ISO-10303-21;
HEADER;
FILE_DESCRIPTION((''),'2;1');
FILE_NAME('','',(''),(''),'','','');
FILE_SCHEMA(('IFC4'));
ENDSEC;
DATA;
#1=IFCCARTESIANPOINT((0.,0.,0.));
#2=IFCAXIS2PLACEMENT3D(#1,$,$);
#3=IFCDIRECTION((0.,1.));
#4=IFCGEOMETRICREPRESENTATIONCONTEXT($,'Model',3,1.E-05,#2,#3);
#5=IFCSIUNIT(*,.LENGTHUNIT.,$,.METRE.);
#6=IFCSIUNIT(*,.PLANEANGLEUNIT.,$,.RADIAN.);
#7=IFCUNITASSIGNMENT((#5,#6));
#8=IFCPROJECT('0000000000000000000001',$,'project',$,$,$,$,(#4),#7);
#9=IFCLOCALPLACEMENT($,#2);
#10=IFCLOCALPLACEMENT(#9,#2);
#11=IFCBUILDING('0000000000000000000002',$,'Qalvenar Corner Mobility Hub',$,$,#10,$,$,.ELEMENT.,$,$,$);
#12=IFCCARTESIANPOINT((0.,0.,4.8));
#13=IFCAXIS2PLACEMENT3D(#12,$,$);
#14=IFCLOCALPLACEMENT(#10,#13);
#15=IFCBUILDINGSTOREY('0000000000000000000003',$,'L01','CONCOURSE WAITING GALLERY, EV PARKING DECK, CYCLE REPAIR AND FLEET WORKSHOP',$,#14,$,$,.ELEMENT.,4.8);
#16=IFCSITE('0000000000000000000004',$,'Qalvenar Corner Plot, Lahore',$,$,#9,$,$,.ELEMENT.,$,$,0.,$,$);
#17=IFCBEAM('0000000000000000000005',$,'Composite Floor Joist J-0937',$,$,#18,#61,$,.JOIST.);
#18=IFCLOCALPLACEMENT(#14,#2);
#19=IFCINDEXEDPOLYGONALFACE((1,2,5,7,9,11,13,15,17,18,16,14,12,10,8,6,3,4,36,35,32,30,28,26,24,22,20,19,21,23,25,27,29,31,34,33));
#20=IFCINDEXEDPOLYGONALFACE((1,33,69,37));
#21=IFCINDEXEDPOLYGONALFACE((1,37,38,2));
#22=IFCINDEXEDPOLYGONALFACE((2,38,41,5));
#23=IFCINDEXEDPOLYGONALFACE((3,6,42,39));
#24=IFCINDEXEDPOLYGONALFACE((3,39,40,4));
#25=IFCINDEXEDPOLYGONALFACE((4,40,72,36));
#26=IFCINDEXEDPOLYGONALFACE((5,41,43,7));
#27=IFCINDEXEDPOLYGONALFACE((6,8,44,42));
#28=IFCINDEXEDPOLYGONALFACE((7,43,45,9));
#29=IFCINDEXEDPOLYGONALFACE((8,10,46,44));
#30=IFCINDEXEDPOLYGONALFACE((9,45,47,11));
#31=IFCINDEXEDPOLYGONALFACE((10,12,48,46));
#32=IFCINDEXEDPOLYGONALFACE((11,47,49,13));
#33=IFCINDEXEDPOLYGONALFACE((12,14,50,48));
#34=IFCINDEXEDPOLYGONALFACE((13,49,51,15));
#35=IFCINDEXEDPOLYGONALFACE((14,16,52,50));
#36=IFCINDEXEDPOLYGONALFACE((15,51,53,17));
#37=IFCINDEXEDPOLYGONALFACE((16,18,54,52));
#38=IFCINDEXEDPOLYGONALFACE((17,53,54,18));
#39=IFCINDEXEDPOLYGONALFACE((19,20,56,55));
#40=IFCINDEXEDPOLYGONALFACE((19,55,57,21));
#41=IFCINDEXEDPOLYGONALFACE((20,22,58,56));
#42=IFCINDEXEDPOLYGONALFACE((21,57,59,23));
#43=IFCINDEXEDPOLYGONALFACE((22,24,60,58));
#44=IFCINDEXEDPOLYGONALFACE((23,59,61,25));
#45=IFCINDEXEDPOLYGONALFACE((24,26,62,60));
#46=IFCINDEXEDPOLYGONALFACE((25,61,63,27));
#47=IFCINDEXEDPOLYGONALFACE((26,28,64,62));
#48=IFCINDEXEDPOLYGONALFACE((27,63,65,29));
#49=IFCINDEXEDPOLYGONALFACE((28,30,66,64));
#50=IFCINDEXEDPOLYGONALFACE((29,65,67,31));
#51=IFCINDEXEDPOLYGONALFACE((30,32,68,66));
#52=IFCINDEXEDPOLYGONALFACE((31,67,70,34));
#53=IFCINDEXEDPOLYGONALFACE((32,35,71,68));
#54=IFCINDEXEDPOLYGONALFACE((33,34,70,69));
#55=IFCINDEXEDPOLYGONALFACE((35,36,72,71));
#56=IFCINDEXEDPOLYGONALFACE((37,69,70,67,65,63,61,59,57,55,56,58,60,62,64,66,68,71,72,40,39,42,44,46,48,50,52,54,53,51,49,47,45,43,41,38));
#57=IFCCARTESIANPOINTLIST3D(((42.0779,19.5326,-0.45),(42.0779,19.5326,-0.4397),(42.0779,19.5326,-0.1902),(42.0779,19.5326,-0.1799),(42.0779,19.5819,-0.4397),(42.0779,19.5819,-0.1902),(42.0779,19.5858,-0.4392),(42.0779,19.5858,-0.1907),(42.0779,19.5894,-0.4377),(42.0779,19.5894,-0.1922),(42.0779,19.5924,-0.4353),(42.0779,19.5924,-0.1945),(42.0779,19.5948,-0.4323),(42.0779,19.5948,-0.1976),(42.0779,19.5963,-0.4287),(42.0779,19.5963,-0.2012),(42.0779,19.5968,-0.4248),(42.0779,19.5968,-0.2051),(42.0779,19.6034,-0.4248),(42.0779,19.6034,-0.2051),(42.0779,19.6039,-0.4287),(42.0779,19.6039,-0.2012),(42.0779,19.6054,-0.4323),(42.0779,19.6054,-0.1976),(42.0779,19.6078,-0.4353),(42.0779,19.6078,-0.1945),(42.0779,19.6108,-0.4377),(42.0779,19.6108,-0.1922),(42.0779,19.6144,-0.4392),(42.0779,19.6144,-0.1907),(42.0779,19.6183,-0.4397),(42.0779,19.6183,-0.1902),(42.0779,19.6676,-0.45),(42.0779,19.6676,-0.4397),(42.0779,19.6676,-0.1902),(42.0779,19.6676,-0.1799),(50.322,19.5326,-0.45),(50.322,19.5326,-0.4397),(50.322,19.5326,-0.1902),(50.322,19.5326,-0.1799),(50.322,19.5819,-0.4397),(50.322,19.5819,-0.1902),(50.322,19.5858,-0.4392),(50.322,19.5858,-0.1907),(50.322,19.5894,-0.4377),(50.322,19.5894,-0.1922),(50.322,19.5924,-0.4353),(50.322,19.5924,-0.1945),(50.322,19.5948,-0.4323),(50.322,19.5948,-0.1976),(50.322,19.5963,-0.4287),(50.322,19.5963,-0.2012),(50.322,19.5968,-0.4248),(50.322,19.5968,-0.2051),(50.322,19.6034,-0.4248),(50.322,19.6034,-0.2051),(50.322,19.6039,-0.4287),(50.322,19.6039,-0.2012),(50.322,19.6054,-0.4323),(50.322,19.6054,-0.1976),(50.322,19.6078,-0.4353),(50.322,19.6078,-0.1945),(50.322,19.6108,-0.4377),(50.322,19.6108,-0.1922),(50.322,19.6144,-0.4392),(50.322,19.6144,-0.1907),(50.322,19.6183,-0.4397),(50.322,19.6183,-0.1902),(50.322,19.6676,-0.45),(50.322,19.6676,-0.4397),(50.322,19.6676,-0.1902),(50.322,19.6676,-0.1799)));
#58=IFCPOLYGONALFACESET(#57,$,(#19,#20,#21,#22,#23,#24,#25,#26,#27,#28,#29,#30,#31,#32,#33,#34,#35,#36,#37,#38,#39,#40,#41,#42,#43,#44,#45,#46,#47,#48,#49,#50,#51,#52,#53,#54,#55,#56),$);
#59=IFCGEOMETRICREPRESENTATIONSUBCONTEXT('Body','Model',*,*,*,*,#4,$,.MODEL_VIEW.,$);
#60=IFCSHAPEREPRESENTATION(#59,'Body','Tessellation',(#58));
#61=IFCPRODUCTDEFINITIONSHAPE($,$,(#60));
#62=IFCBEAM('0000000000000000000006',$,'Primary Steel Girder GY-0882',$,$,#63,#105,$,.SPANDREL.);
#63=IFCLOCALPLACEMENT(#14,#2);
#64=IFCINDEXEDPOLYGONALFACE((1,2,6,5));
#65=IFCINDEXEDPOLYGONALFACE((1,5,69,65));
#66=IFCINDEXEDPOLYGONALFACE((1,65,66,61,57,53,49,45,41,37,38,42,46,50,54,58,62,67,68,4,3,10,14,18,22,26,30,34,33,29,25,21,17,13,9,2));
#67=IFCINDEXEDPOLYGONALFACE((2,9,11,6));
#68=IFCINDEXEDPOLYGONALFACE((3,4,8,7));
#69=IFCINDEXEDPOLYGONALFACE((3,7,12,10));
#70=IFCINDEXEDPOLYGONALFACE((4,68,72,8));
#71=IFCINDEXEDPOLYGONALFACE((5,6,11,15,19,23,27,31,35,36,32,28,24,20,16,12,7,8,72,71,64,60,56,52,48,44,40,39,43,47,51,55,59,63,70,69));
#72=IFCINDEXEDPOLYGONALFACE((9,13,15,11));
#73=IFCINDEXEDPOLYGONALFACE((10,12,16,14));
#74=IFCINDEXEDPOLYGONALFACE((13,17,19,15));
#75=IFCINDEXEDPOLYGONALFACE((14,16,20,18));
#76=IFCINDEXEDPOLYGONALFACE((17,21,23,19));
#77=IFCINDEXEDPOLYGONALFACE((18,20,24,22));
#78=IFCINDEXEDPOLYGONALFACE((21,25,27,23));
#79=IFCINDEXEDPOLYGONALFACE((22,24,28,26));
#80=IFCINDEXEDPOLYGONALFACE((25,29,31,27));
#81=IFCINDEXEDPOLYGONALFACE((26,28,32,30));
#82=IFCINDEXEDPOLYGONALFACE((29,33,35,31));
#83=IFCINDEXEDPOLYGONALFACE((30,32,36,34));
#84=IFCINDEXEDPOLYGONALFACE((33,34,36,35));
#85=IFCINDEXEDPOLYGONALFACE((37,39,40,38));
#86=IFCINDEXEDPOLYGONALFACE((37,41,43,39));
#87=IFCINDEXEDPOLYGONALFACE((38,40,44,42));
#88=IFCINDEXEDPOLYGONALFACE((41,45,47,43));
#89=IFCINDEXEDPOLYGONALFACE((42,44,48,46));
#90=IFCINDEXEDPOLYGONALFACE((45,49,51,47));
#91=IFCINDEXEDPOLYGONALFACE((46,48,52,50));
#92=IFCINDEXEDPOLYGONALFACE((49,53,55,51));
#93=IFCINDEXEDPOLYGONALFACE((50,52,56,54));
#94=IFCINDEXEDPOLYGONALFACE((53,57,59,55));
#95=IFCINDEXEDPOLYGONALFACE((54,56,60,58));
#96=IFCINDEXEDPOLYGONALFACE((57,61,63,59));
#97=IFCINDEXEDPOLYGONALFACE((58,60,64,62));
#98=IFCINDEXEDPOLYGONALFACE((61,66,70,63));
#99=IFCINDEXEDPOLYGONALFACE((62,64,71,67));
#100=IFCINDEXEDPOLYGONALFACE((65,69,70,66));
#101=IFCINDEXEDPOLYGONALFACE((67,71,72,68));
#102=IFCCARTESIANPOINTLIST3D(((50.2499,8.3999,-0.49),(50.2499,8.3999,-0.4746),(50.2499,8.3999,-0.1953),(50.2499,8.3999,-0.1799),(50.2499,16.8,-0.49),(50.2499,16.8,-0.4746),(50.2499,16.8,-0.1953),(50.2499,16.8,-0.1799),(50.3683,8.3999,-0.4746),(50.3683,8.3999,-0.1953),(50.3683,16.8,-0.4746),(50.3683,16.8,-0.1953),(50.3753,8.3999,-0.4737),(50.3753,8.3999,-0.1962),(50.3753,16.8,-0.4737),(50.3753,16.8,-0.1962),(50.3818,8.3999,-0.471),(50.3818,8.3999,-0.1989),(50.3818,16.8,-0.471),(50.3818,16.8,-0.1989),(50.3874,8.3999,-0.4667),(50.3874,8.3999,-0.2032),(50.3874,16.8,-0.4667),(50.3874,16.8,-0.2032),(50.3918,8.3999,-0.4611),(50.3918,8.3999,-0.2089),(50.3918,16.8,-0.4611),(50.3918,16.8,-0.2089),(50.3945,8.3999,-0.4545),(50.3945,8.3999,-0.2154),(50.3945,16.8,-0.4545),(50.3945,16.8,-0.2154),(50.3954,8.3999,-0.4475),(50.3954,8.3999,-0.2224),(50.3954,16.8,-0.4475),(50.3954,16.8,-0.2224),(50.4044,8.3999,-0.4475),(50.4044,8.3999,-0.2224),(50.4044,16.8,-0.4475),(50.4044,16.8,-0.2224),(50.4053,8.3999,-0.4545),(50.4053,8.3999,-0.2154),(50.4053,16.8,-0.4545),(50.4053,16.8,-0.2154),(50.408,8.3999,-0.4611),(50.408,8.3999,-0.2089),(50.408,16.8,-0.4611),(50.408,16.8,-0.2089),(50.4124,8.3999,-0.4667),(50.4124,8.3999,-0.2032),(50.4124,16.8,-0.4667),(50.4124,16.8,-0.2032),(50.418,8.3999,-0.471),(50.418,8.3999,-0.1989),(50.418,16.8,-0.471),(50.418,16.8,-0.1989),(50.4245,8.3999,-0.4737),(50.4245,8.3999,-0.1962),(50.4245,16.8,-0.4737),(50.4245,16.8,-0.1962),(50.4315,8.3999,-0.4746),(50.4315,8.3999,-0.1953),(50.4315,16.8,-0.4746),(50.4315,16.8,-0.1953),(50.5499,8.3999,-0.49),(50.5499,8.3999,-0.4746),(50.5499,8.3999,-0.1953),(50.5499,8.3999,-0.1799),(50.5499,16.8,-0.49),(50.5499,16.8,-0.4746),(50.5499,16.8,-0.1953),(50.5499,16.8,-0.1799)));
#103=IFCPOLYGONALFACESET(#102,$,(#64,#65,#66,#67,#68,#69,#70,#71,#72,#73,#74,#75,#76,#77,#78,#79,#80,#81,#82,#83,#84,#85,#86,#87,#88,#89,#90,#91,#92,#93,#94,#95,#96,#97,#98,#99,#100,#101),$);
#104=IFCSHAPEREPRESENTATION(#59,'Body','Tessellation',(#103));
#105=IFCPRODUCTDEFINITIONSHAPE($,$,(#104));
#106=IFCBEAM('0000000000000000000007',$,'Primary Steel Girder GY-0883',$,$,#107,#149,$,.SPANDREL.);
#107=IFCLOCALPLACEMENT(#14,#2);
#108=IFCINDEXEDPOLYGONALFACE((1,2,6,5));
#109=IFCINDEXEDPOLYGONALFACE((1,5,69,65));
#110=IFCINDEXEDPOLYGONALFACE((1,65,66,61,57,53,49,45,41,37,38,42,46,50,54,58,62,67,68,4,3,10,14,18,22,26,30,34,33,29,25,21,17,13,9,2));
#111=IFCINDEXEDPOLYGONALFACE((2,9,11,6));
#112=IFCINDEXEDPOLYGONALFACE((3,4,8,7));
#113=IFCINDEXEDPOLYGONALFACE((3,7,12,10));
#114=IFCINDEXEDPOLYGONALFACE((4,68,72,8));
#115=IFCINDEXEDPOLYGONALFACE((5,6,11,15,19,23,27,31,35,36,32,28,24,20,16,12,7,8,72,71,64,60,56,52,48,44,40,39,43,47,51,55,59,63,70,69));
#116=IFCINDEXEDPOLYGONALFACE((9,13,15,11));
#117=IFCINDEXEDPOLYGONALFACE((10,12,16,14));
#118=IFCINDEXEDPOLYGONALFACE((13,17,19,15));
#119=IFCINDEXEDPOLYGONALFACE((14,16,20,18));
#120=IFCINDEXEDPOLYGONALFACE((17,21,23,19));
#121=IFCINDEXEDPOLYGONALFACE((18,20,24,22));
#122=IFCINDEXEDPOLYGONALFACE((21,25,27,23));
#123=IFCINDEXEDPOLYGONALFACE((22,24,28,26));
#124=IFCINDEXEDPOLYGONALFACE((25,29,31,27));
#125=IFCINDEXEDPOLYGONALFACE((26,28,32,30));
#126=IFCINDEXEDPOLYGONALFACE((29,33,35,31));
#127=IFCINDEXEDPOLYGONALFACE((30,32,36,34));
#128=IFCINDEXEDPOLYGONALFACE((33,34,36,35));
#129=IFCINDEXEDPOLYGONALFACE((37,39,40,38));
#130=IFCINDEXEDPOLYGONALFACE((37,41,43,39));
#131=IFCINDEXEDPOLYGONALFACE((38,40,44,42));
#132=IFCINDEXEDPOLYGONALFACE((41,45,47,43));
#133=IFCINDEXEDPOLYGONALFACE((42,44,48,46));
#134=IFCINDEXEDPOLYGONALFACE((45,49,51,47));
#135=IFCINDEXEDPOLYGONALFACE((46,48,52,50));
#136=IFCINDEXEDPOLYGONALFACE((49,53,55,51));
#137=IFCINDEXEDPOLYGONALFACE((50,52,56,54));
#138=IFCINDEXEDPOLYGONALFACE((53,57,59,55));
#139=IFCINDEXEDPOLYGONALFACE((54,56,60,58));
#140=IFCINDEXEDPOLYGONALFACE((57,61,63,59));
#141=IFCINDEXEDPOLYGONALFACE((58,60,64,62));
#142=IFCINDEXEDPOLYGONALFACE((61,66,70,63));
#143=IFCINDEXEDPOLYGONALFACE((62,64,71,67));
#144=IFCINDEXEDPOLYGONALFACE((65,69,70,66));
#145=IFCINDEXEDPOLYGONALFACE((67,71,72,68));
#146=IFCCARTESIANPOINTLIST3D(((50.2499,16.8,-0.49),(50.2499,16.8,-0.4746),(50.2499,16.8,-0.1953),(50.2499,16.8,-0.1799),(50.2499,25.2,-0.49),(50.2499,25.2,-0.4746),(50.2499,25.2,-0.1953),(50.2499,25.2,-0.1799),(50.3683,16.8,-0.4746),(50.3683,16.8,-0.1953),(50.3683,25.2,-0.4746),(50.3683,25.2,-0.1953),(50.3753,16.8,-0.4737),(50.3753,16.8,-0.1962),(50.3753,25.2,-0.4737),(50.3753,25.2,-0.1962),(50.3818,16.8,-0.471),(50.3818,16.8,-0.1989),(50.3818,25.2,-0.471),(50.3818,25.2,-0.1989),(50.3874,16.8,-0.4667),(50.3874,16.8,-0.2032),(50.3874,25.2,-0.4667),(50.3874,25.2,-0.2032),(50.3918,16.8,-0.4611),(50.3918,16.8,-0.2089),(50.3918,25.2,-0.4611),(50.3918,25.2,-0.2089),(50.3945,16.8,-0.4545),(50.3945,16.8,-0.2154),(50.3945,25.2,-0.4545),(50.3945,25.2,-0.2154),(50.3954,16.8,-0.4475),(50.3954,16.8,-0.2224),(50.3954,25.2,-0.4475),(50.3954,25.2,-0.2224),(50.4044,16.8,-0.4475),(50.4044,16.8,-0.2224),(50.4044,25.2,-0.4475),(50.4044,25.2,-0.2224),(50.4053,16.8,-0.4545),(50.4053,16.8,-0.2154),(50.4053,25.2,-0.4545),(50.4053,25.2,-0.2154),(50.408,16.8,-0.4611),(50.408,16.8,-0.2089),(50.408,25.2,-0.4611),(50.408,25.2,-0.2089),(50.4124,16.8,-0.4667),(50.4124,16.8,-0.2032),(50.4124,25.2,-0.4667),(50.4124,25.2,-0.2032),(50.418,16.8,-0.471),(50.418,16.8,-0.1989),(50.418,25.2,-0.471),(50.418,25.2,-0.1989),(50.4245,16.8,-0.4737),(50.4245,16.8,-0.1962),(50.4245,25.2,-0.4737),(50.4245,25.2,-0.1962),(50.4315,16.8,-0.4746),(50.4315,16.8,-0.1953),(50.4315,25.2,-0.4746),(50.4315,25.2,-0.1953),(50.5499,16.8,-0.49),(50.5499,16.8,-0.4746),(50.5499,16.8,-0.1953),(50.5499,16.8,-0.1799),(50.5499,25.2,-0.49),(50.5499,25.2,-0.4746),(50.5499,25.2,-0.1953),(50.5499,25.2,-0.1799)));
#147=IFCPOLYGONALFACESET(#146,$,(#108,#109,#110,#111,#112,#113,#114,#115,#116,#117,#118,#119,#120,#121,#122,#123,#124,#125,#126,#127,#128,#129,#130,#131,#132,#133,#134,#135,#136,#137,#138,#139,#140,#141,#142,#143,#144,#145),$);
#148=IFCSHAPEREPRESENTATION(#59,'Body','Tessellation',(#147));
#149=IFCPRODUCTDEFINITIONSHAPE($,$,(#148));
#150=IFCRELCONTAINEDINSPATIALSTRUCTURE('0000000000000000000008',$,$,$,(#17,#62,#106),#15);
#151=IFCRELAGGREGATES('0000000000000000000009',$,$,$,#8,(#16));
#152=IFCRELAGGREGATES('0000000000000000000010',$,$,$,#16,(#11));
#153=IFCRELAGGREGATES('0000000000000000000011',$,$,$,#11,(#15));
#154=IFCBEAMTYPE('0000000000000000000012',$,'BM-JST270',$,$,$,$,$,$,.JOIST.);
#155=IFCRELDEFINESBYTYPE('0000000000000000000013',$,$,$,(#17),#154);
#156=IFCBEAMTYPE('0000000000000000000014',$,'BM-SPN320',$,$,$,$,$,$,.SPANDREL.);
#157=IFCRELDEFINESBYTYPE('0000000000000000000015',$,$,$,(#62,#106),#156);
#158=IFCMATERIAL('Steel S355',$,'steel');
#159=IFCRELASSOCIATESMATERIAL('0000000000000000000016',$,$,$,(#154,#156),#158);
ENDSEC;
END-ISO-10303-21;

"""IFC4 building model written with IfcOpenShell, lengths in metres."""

from ifc_helpers import new_model, si_unit, direction, frame, origin, origin_2d, place, context, subcontext, project, spatial, i_section, extrude, material, material_profile, profile_set, type_object, element, save


model = new_model("IFC4")

# Units and contexts
model_context = context("Model", 3, precision=1e-05, world=origin(), true_north=direction((0.0, 1.0)))
body_context = subcontext(model_context, "Body", "Model", "MODEL_VIEW")
ifc_project = project(units=[si_unit("LENGTHUNIT", "METRE"), si_unit("PLANEANGLEUNIT", "RADIAN")], contexts=[model_context])

# Site, building, storey
site_placement = place(None, origin())
site = spatial("IfcSite", under=ifc_project, at=site_placement, Name="Qalvenar Corner Plot, Lahore", CompositionType="ELEMENT", RefElevation=0.0)
building_placement = place(site_placement, origin())
building = spatial("IfcBuilding", under=site, at=building_placement, Name="Qalvenar Corner Mobility Hub", CompositionType="ELEMENT")
storey_placement = place(building_placement, frame((0.0, 0.0, 4.8)))
storey = spatial("IfcBuildingStorey", under=building, at=storey_placement, Name="L01", Description="CONCOURSE WAITING GALLERY, EV PARKING DECK, CYCLE REPAIR AND FLEET WORKSHOP", CompositionType="ELEMENT", Elevation=4.8)

# Shared definitions
ifc_material_1 = material(Name="Steel S355", Category="steel")

# Beams
ifc_material_profile_1 = material_profile(ifc_material_1, i_section(OverallWidth=0.135, OverallDepth=0.27, WebThickness=0.0066, FlangeThickness=0.0103, FilletRadius=0.0149, at=origin_2d()), Name="IPE270")
ifc_profile_set_1 = profile_set([ifc_material_profile_1], Name="Steel S355")
beam_type_1 = type_object("IfcBeamType", Name="BM-JST270", PredefinedType="JOIST", material=ifc_profile_set_1)
for number, where, z_axis, x_axis, name in (
    (1, (42.0779, 19.6001, -0.3149), (1.0, 0.0, 0.0), (0.0, 1.0, 0.0), "Composite Floor Joist J-0937"),
):
    element("IfcBeam", number, at=place(storey_placement, frame(where, z_axis=z_axis, x_axis=x_axis)), inside=storey, type_object=beam_type_1, Name=name, PredefinedType="JOIST", context=body_context, shape_type="SweptSolid", body=[
        extrude(i_section(OverallWidth=0.135, OverallDepth=0.27, WebThickness=0.0066, FlangeThickness=0.0103, FilletRadius=0.0149, at=origin_2d()), origin(), (0.0, 0.0, 1.0), 8.2441),
    ])
ifc_material_profile_2 = material_profile(ifc_material_1, i_section(OverallWidth=0.3, OverallDepth=0.3101, WebThickness=0.009, FlangeThickness=0.0154, FilletRadius=0.0271, at=origin_2d()), Name="HEA320")
ifc_profile_set_2 = profile_set([ifc_material_profile_2], Name="Steel S355")
beam_type_2 = type_object("IfcBeamType", Name="BM-SPN320", PredefinedType="SPANDREL", material=ifc_profile_set_2)
beam_1_placement = place(storey_placement, frame((50.3999, 8.3999, -0.335), z_axis=(0.0, 1.0, 0.0), x_axis=(-1.0, 0.0, 0.0)))
element("IfcBeam", 2, at=beam_1_placement, inside=storey, type_object=beam_type_2, Name="Primary Steel Girder GY-0882", PredefinedType="SPANDREL", context=body_context, shape_type="SweptSolid", body=[
    extrude(i_section(OverallWidth=0.3, OverallDepth=0.3101, WebThickness=0.009, FlangeThickness=0.0154, FilletRadius=0.0271, at=origin_2d()), origin(), (0.0, 0.0, 1.0), 8.4001),
])
beam_2_placement = place(storey_placement, frame((50.3999, 16.8, -0.335), z_axis=(0.0, 1.0, 0.0), x_axis=(-1.0, 0.0, 0.0)))
element("IfcBeam", 3, at=beam_2_placement, inside=storey, type_object=beam_type_2, Name="Primary Steel Girder GY-0883", PredefinedType="SPANDREL", context=body_context, shape_type="SweptSolid", body=[
    extrude(i_section(OverallWidth=0.3, OverallDepth=0.3101, WebThickness=0.009, FlangeThickness=0.0154, FilletRadius=0.0271, at=origin_2d()), origin(), (0.0, 0.0, 1.0), 8.3999),
])

save(model, "model.ifc")
